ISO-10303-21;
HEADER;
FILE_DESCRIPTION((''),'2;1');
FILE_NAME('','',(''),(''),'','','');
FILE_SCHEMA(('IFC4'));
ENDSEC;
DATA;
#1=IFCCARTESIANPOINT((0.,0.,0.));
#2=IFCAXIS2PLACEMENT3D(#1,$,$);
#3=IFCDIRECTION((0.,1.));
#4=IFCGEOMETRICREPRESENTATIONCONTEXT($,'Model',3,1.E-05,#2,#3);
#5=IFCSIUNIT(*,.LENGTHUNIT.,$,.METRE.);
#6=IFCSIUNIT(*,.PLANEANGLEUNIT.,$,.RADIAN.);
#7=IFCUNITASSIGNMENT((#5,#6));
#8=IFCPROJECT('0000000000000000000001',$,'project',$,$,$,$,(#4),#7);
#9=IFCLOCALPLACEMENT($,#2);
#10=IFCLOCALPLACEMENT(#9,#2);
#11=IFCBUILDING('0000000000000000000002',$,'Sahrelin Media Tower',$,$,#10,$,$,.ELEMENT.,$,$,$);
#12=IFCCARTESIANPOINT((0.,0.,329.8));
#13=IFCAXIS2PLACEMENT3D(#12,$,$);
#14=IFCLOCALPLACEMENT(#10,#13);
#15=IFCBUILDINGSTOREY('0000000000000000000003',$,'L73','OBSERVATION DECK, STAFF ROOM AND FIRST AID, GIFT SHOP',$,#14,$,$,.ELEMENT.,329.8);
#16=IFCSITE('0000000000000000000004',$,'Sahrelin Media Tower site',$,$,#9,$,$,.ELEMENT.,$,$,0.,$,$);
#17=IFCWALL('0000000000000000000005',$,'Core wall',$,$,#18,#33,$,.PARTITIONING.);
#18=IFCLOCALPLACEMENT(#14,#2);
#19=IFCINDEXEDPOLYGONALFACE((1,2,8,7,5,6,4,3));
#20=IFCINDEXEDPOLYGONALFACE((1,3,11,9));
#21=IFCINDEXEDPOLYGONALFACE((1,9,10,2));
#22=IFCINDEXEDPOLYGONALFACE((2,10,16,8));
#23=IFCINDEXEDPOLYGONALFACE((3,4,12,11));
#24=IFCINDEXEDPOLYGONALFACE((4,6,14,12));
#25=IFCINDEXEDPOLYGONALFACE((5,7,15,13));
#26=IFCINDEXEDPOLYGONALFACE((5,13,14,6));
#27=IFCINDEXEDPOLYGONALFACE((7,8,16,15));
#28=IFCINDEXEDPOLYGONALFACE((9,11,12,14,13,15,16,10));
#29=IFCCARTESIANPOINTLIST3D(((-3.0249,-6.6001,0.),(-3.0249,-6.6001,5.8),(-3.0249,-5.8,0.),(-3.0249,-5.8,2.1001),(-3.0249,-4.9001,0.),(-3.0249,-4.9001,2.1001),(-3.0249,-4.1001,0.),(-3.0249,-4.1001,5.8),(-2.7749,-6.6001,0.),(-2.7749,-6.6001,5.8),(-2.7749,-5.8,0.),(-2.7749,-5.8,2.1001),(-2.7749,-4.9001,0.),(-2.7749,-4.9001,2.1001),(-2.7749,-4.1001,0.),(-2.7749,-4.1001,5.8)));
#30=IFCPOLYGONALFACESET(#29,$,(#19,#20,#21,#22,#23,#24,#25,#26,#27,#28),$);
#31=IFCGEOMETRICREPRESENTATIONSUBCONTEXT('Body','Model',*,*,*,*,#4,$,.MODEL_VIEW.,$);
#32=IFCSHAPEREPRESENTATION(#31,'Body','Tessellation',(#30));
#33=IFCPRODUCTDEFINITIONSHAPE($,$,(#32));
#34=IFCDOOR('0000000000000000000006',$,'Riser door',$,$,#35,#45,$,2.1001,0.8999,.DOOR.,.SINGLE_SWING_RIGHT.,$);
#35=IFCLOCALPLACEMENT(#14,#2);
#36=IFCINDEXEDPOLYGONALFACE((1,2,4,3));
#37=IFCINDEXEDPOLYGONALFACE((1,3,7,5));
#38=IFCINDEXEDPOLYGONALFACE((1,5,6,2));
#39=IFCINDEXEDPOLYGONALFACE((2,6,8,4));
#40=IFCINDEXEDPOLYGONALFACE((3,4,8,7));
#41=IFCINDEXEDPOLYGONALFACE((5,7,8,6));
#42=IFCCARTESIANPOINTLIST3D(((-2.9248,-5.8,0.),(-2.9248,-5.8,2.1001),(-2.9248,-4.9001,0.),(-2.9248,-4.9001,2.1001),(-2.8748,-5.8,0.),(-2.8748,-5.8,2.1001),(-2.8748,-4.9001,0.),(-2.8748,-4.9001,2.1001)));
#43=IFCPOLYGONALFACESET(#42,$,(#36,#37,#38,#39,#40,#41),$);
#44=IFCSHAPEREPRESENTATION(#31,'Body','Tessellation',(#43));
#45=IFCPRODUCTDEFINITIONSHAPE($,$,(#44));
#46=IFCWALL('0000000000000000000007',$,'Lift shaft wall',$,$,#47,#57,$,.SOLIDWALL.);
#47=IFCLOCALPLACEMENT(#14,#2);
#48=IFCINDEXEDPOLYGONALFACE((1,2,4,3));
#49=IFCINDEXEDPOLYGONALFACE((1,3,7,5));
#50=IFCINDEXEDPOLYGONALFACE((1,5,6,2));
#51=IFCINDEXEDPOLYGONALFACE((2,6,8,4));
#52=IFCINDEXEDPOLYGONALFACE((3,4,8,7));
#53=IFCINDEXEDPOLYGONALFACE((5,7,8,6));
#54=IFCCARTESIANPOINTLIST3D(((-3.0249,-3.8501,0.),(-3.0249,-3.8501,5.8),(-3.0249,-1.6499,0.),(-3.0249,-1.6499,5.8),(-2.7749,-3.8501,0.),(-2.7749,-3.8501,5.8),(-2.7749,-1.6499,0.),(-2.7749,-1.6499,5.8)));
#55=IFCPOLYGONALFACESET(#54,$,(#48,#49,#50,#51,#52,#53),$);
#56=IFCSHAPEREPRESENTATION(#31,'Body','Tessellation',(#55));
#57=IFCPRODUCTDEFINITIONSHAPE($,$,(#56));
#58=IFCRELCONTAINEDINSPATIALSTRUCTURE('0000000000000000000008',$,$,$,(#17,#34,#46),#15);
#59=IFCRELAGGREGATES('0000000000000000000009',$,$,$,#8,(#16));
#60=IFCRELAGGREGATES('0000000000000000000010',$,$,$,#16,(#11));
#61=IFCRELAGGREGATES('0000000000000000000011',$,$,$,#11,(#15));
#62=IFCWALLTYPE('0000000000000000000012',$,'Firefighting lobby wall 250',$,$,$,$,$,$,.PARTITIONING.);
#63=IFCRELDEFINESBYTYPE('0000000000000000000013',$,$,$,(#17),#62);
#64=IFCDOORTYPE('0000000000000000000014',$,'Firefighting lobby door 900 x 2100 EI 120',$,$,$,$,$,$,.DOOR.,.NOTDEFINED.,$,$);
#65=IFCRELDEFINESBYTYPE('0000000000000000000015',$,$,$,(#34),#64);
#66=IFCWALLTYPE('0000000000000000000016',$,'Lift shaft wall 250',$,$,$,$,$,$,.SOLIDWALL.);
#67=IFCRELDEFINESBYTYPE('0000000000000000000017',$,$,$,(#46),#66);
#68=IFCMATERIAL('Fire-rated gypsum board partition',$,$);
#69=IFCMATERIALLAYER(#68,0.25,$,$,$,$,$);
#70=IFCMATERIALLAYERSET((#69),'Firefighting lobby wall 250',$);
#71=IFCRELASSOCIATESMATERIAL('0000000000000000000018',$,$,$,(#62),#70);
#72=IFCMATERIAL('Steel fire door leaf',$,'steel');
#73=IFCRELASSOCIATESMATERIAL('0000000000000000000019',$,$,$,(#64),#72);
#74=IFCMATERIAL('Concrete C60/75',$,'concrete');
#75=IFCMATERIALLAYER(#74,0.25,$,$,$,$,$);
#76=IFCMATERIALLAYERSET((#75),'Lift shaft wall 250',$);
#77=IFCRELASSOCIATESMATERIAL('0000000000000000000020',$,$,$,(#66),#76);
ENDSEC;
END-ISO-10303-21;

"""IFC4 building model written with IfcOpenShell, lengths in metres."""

from ifc_helpers import new_model, si_unit, direction, frame, frame_2d, origin, place, context, subcontext, project, spatial, rectangle, extrude, material, layer, layer_set, type_object, element, fill, save


model = new_model("IFC4")

# Units and contexts
model_context = context("Model", 3, precision=1e-05, world=origin(), true_north=direction((0.0, 1.0)))
body_context = subcontext(model_context, "Body", "Model", "MODEL_VIEW")
ifc_project = project(units=[si_unit("LENGTHUNIT", "METRE"), si_unit("PLANEANGLEUNIT", "RADIAN")], contexts=[model_context])

# Site, building, storey
site_placement = place(None, origin())
site = spatial("IfcSite", under=ifc_project, at=site_placement, Name="Sahrelin Media Tower site", CompositionType="ELEMENT", RefElevation=0.0)
building_placement = place(site_placement, origin())
building = spatial("IfcBuilding", under=site, at=building_placement, Name="Sahrelin Media Tower", CompositionType="ELEMENT")
storey_placement = place(building_placement, frame((0.0, 0.0, 329.8)))
storey = spatial("IfcBuildingStorey", under=building, at=storey_placement, Name="L73", Description="OBSERVATION DECK, STAFF ROOM AND FIRST AID, GIFT SHOP", CompositionType="ELEMENT", Elevation=329.8)

# Shared definitions
ifc_material_1 = material(Name="Concrete C60/75", Category="concrete")

# Wall, opening, door
ifc_material_2 = material(Name="Fire-rated gypsum board partition")
ifc_layer_1 = layer(ifc_material_2, 0.25)
ifc_layer_set_1 = layer_set([ifc_layer_1], Name="Firefighting lobby wall 250")
wall_type_1 = type_object("IfcWallType", Name="Firefighting lobby wall 250", PredefinedType="PARTITIONING", material=ifc_layer_set_1)
wall_1_placement = place(storey_placement, frame((-2.8999, -6.6001, 0.0), z_axis=(0.0, 0.0, 1.0), x_axis=(0.0, 1.0, 0.0)))
wall_1 = element("IfcWall", 1, at=wall_1_placement, inside=storey, type_object=wall_type_1, Name="Core wall", PredefinedType="PARTITIONING", context=body_context, shape_type="SweptSolid", body=[
    extrude(rectangle(XDim=2.5, YDim=0.25, at=frame_2d((1.25, 0.0))), origin(), (0.0, 0.0, 1.0), 5.8),
])
opening_placement = place(wall_1_placement, frame((0.8, 0.0, 0.0)))
opening = element("IfcOpeningElement", 2, at=opening_placement, cuts=wall_1, PredefinedType="OPENING", context=body_context, shape_type="SweptSolid", body=[
    extrude(rectangle(XDim=0.8999, YDim=2.1001, at=frame_2d((0.45, 1.05))), frame((0.0, 0.125, 0.0), z_axis=(0.0, -1.0, 0.0), x_axis=(1.0, 0.0, 0.0)), (0.0, 0.0, 1.0), 0.25),
])
ifc_material_3 = material(Name="Steel fire door leaf", Category="steel")
door_type = type_object("IfcDoorType", Name="Firefighting lobby door 900 x 2100 EI 120", OperationType="NOTDEFINED", PredefinedType="DOOR", material=ifc_material_3)
door_placement = place(opening_placement, origin())
door = element("IfcDoor", 3, at=door_placement, inside=storey, type_object=door_type, Name="Riser door", OperationType="SINGLE_SWING_RIGHT", OverallHeight=2.1001, OverallWidth=0.8999, PredefinedType="DOOR", context=body_context, shape_type="SweptSolid", body=[
    extrude(rectangle(XDim=0.8999, YDim=2.1001, at=frame_2d((0.45, 1.05))), frame((0.0, 0.0249, 0.0), z_axis=(0.0, -1.0, 0.0), x_axis=(1.0, 0.0, 0.0)), (0.0, 0.0, 1.0), 0.05),
])
fill(opening, door)

# Wall
ifc_layer_2 = layer(ifc_material_1, 0.25)
ifc_layer_set_2 = layer_set([ifc_layer_2], Name="Lift shaft wall 250")
wall_type_2 = type_object("IfcWallType", Name="Lift shaft wall 250", PredefinedType="SOLIDWALL", material=ifc_layer_set_2)
wall_2_placement = place(storey_placement, frame((-2.8999, -3.8501, 0.0), z_axis=(0.0, 0.0, 1.0), x_axis=(0.0, 1.0, 0.0)))
element("IfcWall", 4, at=wall_2_placement, inside=storey, type_object=wall_type_2, Name="Lift shaft wall", PredefinedType="SOLIDWALL", context=body_context, shape_type="SweptSolid", body=[
    extrude(rectangle(XDim=2.2002, YDim=0.25, at=frame_2d((1.1001, 0.0))), origin(), (0.0, 0.0, 1.0), 5.8),
])

save(model, "model.ifc")
